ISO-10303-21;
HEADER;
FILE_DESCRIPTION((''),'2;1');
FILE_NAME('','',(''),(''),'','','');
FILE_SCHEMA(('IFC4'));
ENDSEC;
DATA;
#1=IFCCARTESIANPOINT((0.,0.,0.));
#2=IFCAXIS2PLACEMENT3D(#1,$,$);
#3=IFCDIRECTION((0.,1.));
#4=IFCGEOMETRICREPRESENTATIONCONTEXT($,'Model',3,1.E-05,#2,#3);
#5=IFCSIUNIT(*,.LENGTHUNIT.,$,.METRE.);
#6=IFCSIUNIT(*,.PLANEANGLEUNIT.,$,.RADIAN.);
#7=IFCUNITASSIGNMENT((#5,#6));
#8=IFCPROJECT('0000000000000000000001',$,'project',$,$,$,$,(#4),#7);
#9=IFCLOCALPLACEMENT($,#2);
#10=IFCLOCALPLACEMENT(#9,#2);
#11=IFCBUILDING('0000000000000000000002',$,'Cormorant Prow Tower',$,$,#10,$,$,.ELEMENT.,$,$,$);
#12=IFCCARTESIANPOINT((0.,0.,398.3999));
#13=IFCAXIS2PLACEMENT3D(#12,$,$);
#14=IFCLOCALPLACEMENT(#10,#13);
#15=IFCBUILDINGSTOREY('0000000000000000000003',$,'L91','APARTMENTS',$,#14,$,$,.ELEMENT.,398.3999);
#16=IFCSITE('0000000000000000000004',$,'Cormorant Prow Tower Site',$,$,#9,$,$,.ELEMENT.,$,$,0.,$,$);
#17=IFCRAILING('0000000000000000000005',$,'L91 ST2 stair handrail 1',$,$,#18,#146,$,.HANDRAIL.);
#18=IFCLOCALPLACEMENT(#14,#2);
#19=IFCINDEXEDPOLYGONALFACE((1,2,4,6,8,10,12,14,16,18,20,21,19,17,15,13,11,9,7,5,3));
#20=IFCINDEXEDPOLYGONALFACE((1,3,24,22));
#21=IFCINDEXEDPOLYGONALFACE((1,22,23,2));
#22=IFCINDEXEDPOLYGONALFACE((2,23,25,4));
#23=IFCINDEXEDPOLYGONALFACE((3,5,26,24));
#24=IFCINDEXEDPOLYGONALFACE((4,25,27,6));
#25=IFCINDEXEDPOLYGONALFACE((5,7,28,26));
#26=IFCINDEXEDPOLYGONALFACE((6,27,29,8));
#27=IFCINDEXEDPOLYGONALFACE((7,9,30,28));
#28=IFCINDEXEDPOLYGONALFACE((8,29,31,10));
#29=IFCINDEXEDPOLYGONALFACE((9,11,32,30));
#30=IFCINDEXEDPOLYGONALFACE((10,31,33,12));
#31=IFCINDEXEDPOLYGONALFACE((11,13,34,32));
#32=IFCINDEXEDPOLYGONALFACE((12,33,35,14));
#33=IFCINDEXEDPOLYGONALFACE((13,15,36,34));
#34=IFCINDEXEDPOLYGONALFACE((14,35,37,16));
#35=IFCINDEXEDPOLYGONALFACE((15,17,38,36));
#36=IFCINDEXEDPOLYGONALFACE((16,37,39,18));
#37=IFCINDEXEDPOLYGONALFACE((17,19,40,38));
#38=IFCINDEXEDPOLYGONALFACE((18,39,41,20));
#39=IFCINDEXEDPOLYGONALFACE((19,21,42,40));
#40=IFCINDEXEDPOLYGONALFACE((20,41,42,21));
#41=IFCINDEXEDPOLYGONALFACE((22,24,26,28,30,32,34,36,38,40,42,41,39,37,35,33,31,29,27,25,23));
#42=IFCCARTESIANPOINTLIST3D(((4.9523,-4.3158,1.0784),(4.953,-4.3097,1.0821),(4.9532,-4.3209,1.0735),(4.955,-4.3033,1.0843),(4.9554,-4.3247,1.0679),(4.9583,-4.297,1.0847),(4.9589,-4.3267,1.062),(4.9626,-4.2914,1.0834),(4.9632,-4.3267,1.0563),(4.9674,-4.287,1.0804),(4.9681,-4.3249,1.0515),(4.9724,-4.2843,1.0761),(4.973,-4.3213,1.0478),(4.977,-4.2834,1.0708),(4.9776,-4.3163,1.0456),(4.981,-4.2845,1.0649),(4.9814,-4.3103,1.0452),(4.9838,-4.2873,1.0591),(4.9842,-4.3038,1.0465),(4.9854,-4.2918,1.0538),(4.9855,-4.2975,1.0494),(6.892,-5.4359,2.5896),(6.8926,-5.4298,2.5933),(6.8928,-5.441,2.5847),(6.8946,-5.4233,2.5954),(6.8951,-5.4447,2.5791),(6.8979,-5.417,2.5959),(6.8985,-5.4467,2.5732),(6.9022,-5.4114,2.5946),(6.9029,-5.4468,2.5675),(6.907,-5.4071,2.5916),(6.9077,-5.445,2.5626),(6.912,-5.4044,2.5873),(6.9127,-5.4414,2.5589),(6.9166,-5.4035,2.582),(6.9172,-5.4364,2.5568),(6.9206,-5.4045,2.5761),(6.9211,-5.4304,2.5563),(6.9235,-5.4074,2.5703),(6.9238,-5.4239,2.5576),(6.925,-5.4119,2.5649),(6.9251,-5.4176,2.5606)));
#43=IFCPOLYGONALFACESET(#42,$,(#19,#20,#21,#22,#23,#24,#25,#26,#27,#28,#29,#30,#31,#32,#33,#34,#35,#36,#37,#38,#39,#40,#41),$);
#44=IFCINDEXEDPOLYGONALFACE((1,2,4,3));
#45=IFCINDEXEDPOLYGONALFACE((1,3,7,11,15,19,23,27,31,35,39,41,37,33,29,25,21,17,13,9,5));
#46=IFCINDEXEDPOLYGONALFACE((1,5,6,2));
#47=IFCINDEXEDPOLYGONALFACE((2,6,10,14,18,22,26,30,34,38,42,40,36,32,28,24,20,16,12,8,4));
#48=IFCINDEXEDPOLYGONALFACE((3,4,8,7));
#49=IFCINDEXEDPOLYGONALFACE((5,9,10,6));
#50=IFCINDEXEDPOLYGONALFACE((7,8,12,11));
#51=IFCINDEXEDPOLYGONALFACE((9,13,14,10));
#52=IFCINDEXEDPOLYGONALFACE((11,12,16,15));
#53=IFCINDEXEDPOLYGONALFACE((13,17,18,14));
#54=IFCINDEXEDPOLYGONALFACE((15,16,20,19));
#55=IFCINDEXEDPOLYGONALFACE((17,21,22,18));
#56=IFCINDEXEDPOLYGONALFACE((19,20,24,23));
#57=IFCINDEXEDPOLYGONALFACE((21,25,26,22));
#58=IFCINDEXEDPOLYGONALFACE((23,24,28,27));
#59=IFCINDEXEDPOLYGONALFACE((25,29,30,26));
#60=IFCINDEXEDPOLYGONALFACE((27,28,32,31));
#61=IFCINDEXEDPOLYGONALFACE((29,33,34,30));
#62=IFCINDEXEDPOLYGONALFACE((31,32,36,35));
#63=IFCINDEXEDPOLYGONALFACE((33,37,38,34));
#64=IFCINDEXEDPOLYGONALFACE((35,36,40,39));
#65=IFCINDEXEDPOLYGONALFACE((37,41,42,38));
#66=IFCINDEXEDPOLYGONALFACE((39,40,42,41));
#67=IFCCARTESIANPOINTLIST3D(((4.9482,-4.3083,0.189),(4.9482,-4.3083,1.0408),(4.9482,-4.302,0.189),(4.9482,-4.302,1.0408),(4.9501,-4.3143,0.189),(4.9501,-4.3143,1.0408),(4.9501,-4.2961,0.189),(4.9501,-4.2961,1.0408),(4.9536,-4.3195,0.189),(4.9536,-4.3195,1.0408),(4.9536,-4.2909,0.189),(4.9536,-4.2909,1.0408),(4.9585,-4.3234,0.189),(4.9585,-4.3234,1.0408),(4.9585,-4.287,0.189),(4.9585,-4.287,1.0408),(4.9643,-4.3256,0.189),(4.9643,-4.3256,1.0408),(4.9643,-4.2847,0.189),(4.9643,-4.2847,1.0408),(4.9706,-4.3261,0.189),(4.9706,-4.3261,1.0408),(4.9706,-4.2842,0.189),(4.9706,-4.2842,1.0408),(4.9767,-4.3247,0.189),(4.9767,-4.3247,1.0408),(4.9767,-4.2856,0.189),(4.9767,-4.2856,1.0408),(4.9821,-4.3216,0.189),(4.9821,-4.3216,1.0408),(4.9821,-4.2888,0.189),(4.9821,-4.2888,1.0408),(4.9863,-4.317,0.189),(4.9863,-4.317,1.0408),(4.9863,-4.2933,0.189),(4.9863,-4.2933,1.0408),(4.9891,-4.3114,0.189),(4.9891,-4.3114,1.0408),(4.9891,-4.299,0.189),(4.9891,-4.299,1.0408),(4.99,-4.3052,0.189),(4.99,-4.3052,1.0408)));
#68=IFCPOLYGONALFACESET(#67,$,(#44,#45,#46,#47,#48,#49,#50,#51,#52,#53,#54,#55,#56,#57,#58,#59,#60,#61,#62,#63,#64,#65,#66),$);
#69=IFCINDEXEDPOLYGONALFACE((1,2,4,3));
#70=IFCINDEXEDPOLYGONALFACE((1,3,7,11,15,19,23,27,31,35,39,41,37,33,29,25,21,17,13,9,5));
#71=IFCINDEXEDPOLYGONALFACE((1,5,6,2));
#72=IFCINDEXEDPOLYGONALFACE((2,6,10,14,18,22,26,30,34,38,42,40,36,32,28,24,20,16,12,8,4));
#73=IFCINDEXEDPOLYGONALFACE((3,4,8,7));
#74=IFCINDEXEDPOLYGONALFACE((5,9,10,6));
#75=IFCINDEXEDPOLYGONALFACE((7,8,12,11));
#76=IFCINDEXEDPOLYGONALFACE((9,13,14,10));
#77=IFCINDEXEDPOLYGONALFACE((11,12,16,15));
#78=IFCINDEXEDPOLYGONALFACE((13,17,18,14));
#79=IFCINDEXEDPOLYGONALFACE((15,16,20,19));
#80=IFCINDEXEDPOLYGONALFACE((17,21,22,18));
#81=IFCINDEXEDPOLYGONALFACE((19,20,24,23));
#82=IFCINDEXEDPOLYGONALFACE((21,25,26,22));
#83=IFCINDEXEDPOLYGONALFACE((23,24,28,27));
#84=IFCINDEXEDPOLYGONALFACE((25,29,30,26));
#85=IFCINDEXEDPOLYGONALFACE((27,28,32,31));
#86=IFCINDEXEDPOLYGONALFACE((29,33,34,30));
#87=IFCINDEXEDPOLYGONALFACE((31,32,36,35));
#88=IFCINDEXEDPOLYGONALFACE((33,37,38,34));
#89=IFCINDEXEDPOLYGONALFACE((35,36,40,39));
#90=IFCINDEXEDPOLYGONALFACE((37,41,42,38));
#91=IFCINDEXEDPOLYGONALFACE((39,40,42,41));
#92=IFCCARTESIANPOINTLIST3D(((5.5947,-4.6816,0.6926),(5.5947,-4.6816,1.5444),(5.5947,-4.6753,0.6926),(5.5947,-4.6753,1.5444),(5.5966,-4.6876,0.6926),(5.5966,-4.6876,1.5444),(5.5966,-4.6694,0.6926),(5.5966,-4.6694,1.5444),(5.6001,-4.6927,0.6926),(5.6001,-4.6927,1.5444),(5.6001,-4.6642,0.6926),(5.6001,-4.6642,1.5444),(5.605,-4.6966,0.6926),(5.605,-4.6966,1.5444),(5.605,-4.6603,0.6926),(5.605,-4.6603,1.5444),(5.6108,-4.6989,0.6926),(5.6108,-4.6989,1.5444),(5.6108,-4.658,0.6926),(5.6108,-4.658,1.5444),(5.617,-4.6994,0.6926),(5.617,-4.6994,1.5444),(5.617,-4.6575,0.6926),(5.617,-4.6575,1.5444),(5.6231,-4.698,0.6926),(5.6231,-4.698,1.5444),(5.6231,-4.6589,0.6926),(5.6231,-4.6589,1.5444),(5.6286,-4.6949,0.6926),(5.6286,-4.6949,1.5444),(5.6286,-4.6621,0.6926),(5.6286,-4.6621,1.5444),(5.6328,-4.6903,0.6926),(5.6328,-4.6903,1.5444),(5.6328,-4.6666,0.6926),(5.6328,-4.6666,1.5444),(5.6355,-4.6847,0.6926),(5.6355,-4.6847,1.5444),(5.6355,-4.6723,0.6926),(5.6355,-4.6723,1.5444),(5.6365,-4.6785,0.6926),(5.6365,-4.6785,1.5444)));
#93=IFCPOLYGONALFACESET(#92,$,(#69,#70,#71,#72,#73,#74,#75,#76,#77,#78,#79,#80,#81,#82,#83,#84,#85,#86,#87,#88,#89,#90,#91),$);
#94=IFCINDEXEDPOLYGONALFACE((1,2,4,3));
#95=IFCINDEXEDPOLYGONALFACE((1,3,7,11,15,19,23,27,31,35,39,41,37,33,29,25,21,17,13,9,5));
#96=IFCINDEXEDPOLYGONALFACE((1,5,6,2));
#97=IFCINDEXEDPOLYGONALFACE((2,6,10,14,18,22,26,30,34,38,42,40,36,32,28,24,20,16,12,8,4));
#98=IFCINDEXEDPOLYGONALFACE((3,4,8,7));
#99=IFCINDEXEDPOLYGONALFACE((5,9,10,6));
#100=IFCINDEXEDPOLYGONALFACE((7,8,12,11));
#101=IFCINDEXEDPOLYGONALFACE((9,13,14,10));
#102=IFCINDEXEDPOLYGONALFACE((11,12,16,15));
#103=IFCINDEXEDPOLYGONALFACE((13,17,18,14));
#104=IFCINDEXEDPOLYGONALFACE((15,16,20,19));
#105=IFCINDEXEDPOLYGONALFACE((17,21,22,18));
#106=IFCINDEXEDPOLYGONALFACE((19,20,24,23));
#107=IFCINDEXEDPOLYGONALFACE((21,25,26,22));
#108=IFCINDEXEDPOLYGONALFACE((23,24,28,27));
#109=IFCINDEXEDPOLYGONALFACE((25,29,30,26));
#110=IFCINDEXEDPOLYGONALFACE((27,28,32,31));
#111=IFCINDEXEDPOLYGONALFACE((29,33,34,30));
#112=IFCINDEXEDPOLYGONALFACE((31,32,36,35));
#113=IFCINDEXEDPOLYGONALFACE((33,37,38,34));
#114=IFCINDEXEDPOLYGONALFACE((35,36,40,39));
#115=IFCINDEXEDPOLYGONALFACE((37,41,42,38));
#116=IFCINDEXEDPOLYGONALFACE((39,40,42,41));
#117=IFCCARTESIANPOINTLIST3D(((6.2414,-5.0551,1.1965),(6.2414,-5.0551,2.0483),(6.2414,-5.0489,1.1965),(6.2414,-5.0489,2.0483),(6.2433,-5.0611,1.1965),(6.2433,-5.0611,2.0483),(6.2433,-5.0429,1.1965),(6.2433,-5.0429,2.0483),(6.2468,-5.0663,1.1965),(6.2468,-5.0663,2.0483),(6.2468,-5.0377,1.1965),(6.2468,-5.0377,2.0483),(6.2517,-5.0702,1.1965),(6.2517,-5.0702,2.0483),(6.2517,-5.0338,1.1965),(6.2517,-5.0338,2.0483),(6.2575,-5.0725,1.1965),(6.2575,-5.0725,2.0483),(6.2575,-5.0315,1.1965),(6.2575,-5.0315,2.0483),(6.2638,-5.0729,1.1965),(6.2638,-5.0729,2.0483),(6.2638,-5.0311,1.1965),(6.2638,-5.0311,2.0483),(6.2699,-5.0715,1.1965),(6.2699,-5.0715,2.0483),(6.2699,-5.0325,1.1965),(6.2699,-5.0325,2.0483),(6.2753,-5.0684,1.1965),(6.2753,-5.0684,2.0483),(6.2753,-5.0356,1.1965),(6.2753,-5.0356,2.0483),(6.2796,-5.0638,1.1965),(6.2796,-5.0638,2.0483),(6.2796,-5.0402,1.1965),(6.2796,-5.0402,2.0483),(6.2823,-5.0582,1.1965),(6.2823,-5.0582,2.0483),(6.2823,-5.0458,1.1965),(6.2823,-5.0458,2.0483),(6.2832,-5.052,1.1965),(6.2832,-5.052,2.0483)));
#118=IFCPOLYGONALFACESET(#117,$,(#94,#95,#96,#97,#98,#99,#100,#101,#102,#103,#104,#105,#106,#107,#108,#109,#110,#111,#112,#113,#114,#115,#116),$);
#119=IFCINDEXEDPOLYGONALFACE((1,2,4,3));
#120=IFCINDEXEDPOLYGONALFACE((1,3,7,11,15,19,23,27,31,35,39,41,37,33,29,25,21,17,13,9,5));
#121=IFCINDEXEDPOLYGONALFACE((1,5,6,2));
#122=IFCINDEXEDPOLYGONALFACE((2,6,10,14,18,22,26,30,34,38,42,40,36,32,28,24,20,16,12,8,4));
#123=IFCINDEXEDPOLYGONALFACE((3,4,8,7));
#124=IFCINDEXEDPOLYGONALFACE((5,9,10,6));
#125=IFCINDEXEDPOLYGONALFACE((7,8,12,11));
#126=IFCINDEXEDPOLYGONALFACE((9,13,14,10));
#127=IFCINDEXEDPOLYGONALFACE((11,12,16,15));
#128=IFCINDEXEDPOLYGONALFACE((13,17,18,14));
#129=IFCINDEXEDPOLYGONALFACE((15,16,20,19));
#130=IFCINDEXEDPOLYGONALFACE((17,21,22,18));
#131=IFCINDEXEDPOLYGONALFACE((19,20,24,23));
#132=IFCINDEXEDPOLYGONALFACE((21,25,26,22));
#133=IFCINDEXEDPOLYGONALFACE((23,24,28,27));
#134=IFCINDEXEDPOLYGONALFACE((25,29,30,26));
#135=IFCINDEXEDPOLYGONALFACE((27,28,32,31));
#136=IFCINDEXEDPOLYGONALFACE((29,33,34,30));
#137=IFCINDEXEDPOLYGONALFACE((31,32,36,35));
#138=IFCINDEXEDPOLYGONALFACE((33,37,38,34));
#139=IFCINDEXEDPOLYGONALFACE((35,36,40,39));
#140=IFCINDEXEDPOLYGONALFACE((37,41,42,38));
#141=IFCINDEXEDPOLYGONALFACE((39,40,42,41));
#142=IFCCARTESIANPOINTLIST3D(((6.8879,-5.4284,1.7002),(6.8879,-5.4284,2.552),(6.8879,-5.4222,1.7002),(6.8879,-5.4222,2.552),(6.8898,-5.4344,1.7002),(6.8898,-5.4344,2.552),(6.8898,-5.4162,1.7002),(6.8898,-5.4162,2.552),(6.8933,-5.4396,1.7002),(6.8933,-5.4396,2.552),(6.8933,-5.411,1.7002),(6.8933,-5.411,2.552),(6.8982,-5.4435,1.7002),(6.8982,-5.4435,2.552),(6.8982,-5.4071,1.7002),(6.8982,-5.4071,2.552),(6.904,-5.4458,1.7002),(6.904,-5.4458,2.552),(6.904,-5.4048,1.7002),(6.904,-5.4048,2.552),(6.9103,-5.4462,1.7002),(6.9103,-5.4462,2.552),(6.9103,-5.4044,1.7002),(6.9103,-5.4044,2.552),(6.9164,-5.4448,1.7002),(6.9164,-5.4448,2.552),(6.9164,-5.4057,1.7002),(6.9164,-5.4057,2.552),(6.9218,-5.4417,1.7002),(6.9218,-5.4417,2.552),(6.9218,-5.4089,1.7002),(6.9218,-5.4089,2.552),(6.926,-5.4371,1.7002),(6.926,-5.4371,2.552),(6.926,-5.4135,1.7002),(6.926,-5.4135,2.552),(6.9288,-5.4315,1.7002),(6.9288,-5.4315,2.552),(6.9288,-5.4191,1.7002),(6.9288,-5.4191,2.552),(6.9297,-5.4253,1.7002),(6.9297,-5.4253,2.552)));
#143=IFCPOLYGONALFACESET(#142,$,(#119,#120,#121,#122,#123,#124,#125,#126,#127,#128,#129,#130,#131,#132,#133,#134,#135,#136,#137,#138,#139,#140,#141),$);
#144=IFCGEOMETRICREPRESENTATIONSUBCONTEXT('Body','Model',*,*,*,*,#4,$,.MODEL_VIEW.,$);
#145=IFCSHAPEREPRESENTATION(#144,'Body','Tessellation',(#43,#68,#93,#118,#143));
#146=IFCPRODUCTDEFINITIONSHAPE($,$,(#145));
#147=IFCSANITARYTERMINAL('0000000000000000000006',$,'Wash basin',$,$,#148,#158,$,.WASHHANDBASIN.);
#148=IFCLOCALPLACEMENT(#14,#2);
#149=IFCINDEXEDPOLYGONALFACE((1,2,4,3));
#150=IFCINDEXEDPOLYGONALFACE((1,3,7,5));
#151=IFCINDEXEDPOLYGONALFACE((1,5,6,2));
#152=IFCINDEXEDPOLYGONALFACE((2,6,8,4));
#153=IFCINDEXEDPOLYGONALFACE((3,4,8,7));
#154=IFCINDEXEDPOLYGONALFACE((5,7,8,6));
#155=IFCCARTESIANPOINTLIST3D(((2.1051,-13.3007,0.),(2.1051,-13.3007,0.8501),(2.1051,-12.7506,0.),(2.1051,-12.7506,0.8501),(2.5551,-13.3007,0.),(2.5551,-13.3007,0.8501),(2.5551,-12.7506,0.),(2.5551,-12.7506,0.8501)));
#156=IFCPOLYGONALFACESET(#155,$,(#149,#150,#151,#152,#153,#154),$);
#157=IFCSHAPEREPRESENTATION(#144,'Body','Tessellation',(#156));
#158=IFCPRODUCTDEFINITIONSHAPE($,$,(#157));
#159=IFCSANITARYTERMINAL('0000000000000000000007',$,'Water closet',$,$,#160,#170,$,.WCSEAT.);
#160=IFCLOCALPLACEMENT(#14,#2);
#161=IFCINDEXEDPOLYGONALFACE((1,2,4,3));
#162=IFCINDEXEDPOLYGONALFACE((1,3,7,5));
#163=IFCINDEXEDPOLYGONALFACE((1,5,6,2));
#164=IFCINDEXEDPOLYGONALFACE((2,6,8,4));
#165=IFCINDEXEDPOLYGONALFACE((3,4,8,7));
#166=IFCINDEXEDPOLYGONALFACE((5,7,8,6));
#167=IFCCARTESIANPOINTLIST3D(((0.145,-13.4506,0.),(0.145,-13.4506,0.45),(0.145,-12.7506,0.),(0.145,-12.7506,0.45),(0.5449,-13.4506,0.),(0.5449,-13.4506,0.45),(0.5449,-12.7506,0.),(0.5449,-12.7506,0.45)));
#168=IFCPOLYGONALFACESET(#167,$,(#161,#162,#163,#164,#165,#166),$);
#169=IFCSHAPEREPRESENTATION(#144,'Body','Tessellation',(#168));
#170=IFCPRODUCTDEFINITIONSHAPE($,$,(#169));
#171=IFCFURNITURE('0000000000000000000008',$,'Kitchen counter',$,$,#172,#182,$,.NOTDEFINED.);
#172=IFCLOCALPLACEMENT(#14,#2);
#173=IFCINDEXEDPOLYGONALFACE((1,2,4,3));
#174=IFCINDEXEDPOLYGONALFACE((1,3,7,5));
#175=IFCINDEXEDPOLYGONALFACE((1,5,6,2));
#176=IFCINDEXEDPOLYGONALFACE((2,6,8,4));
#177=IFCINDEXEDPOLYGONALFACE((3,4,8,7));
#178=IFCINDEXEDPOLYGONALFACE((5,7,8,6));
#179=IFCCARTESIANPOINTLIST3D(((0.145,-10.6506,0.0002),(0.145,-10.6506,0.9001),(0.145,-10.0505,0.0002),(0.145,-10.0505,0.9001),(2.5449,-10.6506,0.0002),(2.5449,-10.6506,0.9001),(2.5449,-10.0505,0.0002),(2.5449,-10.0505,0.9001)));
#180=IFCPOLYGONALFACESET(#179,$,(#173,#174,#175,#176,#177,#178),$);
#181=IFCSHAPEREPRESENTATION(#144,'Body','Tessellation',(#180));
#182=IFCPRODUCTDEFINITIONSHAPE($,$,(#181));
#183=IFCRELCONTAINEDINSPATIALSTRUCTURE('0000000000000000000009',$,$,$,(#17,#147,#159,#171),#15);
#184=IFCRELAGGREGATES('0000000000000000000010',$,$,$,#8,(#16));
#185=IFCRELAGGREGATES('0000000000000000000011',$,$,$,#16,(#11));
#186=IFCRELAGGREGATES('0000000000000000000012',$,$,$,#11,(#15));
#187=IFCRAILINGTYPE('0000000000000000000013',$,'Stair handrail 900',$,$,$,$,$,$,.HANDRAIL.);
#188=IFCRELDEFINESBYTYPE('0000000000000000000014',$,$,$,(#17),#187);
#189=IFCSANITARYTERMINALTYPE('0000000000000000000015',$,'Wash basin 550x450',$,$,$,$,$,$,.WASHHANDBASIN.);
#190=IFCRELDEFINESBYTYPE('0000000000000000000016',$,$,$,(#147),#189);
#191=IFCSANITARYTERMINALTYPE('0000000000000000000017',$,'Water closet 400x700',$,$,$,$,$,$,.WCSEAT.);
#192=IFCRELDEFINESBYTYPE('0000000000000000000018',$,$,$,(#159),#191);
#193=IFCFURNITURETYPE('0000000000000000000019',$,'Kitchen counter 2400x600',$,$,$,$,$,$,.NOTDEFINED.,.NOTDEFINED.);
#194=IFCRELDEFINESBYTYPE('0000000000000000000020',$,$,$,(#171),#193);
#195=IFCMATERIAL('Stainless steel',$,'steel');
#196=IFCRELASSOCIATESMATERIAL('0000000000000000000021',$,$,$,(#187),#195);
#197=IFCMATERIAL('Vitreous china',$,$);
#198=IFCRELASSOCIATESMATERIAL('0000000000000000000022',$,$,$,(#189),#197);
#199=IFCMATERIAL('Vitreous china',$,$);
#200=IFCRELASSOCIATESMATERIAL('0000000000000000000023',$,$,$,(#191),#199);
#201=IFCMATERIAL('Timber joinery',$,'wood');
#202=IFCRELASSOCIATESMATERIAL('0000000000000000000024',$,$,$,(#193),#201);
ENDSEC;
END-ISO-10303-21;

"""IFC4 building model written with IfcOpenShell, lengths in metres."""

from ifc_helpers import new_model, si_unit, direction, frame, origin, origin_2d, place, context, subcontext, project, spatial, rectangle, circle, extrude, material, type_object, element, save


model = new_model("IFC4")

# Units and contexts
model_context = context("Model", 3, precision=1e-05, world=origin(), true_north=direction((0.0, 1.0)))
body_context = subcontext(model_context, "Body", "Model", "MODEL_VIEW")
ifc_project = project(units=[si_unit("LENGTHUNIT", "METRE"), si_unit("PLANEANGLEUNIT", "RADIAN")], contexts=[model_context])

# Site, building, storey
site_placement = place(None, origin())
site = spatial("IfcSite", under=ifc_project, at=site_placement, Name="Cormorant Prow Tower Site", CompositionType="ELEMENT", RefElevation=0.0)
building_placement = place(site_placement, origin())
building = spatial("IfcBuilding", under=site, at=building_placement, Name="Cormorant Prow Tower", CompositionType="ELEMENT")
storey_placement = place(building_placement, frame((0.0, 0.0, 398.3999)))
storey = spatial("IfcBuildingStorey", under=building, at=storey_placement, Name="L91", Description="APARTMENTS", CompositionType="ELEMENT", Elevation=398.3999)

# Railing
ifc_material_1 = material(Name="Stainless steel", Category="steel")
railing_type_1 = type_object("IfcRailingType", Name="Stair handrail 900", PredefinedType="HANDRAIL", material=ifc_material_1)
railing_1_placement = place(storey_placement, frame((4.969, -4.3052, 0.189)))
element("IfcRailing", 1, at=railing_1_placement, inside=storey, type_object=railing_type_1, Name="L91 ST2 stair handrail 1", PredefinedType="HANDRAIL", context=body_context, shape_type="SweptSolid", body=[
    extrude(circle(Radius=0.0239, at=origin_2d()), frame((0.0, 0.0, 0.876), z_axis=(0.71787, -0.414548, 0.559297), x_axis=(0.500078, 0.86598, 0.0)), (0.0, 0.0, 1.0), 2.7019),
    extrude(circle(Radius=0.021, at=origin_2d()), origin(), (0.0, 0.0, 1.0), 0.8518),
    extrude(circle(Radius=0.021, at=origin_2d()), frame((0.6465, -0.3733, 0.5037)), (0.0, 0.0, 1.0), 0.8518),
    extrude(circle(Radius=0.021, at=origin_2d()), frame((1.2932, -0.7468, 1.0076)), (0.0, 0.0, 1.0), 0.8518),
    extrude(circle(Radius=0.021, at=origin_2d()), frame((1.9397, -1.1201, 1.5112)), (0.0, 0.0, 1.0), 0.8518),
])

# Sanitary terminals
ifc_material_2 = material(Name="Vitreous china")
sanitary_terminal_type_1 = type_object("IfcSanitaryTerminalType", Name="Wash basin 550x450", PredefinedType="WASHHANDBASIN", material=ifc_material_2)
sanitary_terminal_1_placement = place(storey_placement, frame((2.3301, -13.0256, 0.0), z_axis=(0.0, 0.0, 1.0), x_axis=(0.0, -1.0, 0.0)))
element("IfcSanitaryTerminal", 2, at=sanitary_terminal_1_placement, inside=storey, type_object=sanitary_terminal_type_1, Name="Wash basin", PredefinedType="WASHHANDBASIN", context=body_context, shape_type="SweptSolid", body=[
    extrude(rectangle(XDim=0.55, YDim=0.45, at=origin_2d()), origin(), (0.0, 0.0, 1.0), 0.8501),
])
ifc_material_3 = material(Name="Vitreous china")
sanitary_terminal_type_2 = type_object("IfcSanitaryTerminalType", Name="Water closet 400x700", PredefinedType="WCSEAT", material=ifc_material_3)
sanitary_terminal_2_placement = place(storey_placement, frame((0.345, -13.1006, 0.0), z_axis=(0.0, 0.0, 1.0), x_axis=(1.0, 0.0, 0.0)))
element("IfcSanitaryTerminal", 3, at=sanitary_terminal_2_placement, inside=storey, type_object=sanitary_terminal_type_2, Name="Water closet", PredefinedType="WCSEAT", context=body_context, shape_type="SweptSolid", body=[
    extrude(rectangle(XDim=0.3999, YDim=0.7, at=origin_2d()), origin(), (0.0, 0.0, 1.0), 0.45),
])

# Furniture
ifc_material_4 = material(Name="Timber joinery", Category="wood")
furniture_type = type_object("IfcFurnitureType", Name="Kitchen counter 2400x600", AssemblyPlace="NOTDEFINED", PredefinedType="NOTDEFINED", material=ifc_material_4)
furniture_placement = place(storey_placement, frame((1.345, -10.3506, 0.0002), z_axis=(0.0, 0.0, 1.0), x_axis=(1.0, 0.0, 0.0)))
element("IfcFurniture", 4, at=furniture_placement, inside=storey, type_object=furniture_type, Name="Kitchen counter", PredefinedType="NOTDEFINED", context=body_context, shape_type="SweptSolid", body=[
    extrude(rectangle(XDim=2.3999, YDim=0.6001, at=origin_2d()), origin(), (0.0, 0.0, 1.0), 0.8999),
])

save(model, "model.ifc")
